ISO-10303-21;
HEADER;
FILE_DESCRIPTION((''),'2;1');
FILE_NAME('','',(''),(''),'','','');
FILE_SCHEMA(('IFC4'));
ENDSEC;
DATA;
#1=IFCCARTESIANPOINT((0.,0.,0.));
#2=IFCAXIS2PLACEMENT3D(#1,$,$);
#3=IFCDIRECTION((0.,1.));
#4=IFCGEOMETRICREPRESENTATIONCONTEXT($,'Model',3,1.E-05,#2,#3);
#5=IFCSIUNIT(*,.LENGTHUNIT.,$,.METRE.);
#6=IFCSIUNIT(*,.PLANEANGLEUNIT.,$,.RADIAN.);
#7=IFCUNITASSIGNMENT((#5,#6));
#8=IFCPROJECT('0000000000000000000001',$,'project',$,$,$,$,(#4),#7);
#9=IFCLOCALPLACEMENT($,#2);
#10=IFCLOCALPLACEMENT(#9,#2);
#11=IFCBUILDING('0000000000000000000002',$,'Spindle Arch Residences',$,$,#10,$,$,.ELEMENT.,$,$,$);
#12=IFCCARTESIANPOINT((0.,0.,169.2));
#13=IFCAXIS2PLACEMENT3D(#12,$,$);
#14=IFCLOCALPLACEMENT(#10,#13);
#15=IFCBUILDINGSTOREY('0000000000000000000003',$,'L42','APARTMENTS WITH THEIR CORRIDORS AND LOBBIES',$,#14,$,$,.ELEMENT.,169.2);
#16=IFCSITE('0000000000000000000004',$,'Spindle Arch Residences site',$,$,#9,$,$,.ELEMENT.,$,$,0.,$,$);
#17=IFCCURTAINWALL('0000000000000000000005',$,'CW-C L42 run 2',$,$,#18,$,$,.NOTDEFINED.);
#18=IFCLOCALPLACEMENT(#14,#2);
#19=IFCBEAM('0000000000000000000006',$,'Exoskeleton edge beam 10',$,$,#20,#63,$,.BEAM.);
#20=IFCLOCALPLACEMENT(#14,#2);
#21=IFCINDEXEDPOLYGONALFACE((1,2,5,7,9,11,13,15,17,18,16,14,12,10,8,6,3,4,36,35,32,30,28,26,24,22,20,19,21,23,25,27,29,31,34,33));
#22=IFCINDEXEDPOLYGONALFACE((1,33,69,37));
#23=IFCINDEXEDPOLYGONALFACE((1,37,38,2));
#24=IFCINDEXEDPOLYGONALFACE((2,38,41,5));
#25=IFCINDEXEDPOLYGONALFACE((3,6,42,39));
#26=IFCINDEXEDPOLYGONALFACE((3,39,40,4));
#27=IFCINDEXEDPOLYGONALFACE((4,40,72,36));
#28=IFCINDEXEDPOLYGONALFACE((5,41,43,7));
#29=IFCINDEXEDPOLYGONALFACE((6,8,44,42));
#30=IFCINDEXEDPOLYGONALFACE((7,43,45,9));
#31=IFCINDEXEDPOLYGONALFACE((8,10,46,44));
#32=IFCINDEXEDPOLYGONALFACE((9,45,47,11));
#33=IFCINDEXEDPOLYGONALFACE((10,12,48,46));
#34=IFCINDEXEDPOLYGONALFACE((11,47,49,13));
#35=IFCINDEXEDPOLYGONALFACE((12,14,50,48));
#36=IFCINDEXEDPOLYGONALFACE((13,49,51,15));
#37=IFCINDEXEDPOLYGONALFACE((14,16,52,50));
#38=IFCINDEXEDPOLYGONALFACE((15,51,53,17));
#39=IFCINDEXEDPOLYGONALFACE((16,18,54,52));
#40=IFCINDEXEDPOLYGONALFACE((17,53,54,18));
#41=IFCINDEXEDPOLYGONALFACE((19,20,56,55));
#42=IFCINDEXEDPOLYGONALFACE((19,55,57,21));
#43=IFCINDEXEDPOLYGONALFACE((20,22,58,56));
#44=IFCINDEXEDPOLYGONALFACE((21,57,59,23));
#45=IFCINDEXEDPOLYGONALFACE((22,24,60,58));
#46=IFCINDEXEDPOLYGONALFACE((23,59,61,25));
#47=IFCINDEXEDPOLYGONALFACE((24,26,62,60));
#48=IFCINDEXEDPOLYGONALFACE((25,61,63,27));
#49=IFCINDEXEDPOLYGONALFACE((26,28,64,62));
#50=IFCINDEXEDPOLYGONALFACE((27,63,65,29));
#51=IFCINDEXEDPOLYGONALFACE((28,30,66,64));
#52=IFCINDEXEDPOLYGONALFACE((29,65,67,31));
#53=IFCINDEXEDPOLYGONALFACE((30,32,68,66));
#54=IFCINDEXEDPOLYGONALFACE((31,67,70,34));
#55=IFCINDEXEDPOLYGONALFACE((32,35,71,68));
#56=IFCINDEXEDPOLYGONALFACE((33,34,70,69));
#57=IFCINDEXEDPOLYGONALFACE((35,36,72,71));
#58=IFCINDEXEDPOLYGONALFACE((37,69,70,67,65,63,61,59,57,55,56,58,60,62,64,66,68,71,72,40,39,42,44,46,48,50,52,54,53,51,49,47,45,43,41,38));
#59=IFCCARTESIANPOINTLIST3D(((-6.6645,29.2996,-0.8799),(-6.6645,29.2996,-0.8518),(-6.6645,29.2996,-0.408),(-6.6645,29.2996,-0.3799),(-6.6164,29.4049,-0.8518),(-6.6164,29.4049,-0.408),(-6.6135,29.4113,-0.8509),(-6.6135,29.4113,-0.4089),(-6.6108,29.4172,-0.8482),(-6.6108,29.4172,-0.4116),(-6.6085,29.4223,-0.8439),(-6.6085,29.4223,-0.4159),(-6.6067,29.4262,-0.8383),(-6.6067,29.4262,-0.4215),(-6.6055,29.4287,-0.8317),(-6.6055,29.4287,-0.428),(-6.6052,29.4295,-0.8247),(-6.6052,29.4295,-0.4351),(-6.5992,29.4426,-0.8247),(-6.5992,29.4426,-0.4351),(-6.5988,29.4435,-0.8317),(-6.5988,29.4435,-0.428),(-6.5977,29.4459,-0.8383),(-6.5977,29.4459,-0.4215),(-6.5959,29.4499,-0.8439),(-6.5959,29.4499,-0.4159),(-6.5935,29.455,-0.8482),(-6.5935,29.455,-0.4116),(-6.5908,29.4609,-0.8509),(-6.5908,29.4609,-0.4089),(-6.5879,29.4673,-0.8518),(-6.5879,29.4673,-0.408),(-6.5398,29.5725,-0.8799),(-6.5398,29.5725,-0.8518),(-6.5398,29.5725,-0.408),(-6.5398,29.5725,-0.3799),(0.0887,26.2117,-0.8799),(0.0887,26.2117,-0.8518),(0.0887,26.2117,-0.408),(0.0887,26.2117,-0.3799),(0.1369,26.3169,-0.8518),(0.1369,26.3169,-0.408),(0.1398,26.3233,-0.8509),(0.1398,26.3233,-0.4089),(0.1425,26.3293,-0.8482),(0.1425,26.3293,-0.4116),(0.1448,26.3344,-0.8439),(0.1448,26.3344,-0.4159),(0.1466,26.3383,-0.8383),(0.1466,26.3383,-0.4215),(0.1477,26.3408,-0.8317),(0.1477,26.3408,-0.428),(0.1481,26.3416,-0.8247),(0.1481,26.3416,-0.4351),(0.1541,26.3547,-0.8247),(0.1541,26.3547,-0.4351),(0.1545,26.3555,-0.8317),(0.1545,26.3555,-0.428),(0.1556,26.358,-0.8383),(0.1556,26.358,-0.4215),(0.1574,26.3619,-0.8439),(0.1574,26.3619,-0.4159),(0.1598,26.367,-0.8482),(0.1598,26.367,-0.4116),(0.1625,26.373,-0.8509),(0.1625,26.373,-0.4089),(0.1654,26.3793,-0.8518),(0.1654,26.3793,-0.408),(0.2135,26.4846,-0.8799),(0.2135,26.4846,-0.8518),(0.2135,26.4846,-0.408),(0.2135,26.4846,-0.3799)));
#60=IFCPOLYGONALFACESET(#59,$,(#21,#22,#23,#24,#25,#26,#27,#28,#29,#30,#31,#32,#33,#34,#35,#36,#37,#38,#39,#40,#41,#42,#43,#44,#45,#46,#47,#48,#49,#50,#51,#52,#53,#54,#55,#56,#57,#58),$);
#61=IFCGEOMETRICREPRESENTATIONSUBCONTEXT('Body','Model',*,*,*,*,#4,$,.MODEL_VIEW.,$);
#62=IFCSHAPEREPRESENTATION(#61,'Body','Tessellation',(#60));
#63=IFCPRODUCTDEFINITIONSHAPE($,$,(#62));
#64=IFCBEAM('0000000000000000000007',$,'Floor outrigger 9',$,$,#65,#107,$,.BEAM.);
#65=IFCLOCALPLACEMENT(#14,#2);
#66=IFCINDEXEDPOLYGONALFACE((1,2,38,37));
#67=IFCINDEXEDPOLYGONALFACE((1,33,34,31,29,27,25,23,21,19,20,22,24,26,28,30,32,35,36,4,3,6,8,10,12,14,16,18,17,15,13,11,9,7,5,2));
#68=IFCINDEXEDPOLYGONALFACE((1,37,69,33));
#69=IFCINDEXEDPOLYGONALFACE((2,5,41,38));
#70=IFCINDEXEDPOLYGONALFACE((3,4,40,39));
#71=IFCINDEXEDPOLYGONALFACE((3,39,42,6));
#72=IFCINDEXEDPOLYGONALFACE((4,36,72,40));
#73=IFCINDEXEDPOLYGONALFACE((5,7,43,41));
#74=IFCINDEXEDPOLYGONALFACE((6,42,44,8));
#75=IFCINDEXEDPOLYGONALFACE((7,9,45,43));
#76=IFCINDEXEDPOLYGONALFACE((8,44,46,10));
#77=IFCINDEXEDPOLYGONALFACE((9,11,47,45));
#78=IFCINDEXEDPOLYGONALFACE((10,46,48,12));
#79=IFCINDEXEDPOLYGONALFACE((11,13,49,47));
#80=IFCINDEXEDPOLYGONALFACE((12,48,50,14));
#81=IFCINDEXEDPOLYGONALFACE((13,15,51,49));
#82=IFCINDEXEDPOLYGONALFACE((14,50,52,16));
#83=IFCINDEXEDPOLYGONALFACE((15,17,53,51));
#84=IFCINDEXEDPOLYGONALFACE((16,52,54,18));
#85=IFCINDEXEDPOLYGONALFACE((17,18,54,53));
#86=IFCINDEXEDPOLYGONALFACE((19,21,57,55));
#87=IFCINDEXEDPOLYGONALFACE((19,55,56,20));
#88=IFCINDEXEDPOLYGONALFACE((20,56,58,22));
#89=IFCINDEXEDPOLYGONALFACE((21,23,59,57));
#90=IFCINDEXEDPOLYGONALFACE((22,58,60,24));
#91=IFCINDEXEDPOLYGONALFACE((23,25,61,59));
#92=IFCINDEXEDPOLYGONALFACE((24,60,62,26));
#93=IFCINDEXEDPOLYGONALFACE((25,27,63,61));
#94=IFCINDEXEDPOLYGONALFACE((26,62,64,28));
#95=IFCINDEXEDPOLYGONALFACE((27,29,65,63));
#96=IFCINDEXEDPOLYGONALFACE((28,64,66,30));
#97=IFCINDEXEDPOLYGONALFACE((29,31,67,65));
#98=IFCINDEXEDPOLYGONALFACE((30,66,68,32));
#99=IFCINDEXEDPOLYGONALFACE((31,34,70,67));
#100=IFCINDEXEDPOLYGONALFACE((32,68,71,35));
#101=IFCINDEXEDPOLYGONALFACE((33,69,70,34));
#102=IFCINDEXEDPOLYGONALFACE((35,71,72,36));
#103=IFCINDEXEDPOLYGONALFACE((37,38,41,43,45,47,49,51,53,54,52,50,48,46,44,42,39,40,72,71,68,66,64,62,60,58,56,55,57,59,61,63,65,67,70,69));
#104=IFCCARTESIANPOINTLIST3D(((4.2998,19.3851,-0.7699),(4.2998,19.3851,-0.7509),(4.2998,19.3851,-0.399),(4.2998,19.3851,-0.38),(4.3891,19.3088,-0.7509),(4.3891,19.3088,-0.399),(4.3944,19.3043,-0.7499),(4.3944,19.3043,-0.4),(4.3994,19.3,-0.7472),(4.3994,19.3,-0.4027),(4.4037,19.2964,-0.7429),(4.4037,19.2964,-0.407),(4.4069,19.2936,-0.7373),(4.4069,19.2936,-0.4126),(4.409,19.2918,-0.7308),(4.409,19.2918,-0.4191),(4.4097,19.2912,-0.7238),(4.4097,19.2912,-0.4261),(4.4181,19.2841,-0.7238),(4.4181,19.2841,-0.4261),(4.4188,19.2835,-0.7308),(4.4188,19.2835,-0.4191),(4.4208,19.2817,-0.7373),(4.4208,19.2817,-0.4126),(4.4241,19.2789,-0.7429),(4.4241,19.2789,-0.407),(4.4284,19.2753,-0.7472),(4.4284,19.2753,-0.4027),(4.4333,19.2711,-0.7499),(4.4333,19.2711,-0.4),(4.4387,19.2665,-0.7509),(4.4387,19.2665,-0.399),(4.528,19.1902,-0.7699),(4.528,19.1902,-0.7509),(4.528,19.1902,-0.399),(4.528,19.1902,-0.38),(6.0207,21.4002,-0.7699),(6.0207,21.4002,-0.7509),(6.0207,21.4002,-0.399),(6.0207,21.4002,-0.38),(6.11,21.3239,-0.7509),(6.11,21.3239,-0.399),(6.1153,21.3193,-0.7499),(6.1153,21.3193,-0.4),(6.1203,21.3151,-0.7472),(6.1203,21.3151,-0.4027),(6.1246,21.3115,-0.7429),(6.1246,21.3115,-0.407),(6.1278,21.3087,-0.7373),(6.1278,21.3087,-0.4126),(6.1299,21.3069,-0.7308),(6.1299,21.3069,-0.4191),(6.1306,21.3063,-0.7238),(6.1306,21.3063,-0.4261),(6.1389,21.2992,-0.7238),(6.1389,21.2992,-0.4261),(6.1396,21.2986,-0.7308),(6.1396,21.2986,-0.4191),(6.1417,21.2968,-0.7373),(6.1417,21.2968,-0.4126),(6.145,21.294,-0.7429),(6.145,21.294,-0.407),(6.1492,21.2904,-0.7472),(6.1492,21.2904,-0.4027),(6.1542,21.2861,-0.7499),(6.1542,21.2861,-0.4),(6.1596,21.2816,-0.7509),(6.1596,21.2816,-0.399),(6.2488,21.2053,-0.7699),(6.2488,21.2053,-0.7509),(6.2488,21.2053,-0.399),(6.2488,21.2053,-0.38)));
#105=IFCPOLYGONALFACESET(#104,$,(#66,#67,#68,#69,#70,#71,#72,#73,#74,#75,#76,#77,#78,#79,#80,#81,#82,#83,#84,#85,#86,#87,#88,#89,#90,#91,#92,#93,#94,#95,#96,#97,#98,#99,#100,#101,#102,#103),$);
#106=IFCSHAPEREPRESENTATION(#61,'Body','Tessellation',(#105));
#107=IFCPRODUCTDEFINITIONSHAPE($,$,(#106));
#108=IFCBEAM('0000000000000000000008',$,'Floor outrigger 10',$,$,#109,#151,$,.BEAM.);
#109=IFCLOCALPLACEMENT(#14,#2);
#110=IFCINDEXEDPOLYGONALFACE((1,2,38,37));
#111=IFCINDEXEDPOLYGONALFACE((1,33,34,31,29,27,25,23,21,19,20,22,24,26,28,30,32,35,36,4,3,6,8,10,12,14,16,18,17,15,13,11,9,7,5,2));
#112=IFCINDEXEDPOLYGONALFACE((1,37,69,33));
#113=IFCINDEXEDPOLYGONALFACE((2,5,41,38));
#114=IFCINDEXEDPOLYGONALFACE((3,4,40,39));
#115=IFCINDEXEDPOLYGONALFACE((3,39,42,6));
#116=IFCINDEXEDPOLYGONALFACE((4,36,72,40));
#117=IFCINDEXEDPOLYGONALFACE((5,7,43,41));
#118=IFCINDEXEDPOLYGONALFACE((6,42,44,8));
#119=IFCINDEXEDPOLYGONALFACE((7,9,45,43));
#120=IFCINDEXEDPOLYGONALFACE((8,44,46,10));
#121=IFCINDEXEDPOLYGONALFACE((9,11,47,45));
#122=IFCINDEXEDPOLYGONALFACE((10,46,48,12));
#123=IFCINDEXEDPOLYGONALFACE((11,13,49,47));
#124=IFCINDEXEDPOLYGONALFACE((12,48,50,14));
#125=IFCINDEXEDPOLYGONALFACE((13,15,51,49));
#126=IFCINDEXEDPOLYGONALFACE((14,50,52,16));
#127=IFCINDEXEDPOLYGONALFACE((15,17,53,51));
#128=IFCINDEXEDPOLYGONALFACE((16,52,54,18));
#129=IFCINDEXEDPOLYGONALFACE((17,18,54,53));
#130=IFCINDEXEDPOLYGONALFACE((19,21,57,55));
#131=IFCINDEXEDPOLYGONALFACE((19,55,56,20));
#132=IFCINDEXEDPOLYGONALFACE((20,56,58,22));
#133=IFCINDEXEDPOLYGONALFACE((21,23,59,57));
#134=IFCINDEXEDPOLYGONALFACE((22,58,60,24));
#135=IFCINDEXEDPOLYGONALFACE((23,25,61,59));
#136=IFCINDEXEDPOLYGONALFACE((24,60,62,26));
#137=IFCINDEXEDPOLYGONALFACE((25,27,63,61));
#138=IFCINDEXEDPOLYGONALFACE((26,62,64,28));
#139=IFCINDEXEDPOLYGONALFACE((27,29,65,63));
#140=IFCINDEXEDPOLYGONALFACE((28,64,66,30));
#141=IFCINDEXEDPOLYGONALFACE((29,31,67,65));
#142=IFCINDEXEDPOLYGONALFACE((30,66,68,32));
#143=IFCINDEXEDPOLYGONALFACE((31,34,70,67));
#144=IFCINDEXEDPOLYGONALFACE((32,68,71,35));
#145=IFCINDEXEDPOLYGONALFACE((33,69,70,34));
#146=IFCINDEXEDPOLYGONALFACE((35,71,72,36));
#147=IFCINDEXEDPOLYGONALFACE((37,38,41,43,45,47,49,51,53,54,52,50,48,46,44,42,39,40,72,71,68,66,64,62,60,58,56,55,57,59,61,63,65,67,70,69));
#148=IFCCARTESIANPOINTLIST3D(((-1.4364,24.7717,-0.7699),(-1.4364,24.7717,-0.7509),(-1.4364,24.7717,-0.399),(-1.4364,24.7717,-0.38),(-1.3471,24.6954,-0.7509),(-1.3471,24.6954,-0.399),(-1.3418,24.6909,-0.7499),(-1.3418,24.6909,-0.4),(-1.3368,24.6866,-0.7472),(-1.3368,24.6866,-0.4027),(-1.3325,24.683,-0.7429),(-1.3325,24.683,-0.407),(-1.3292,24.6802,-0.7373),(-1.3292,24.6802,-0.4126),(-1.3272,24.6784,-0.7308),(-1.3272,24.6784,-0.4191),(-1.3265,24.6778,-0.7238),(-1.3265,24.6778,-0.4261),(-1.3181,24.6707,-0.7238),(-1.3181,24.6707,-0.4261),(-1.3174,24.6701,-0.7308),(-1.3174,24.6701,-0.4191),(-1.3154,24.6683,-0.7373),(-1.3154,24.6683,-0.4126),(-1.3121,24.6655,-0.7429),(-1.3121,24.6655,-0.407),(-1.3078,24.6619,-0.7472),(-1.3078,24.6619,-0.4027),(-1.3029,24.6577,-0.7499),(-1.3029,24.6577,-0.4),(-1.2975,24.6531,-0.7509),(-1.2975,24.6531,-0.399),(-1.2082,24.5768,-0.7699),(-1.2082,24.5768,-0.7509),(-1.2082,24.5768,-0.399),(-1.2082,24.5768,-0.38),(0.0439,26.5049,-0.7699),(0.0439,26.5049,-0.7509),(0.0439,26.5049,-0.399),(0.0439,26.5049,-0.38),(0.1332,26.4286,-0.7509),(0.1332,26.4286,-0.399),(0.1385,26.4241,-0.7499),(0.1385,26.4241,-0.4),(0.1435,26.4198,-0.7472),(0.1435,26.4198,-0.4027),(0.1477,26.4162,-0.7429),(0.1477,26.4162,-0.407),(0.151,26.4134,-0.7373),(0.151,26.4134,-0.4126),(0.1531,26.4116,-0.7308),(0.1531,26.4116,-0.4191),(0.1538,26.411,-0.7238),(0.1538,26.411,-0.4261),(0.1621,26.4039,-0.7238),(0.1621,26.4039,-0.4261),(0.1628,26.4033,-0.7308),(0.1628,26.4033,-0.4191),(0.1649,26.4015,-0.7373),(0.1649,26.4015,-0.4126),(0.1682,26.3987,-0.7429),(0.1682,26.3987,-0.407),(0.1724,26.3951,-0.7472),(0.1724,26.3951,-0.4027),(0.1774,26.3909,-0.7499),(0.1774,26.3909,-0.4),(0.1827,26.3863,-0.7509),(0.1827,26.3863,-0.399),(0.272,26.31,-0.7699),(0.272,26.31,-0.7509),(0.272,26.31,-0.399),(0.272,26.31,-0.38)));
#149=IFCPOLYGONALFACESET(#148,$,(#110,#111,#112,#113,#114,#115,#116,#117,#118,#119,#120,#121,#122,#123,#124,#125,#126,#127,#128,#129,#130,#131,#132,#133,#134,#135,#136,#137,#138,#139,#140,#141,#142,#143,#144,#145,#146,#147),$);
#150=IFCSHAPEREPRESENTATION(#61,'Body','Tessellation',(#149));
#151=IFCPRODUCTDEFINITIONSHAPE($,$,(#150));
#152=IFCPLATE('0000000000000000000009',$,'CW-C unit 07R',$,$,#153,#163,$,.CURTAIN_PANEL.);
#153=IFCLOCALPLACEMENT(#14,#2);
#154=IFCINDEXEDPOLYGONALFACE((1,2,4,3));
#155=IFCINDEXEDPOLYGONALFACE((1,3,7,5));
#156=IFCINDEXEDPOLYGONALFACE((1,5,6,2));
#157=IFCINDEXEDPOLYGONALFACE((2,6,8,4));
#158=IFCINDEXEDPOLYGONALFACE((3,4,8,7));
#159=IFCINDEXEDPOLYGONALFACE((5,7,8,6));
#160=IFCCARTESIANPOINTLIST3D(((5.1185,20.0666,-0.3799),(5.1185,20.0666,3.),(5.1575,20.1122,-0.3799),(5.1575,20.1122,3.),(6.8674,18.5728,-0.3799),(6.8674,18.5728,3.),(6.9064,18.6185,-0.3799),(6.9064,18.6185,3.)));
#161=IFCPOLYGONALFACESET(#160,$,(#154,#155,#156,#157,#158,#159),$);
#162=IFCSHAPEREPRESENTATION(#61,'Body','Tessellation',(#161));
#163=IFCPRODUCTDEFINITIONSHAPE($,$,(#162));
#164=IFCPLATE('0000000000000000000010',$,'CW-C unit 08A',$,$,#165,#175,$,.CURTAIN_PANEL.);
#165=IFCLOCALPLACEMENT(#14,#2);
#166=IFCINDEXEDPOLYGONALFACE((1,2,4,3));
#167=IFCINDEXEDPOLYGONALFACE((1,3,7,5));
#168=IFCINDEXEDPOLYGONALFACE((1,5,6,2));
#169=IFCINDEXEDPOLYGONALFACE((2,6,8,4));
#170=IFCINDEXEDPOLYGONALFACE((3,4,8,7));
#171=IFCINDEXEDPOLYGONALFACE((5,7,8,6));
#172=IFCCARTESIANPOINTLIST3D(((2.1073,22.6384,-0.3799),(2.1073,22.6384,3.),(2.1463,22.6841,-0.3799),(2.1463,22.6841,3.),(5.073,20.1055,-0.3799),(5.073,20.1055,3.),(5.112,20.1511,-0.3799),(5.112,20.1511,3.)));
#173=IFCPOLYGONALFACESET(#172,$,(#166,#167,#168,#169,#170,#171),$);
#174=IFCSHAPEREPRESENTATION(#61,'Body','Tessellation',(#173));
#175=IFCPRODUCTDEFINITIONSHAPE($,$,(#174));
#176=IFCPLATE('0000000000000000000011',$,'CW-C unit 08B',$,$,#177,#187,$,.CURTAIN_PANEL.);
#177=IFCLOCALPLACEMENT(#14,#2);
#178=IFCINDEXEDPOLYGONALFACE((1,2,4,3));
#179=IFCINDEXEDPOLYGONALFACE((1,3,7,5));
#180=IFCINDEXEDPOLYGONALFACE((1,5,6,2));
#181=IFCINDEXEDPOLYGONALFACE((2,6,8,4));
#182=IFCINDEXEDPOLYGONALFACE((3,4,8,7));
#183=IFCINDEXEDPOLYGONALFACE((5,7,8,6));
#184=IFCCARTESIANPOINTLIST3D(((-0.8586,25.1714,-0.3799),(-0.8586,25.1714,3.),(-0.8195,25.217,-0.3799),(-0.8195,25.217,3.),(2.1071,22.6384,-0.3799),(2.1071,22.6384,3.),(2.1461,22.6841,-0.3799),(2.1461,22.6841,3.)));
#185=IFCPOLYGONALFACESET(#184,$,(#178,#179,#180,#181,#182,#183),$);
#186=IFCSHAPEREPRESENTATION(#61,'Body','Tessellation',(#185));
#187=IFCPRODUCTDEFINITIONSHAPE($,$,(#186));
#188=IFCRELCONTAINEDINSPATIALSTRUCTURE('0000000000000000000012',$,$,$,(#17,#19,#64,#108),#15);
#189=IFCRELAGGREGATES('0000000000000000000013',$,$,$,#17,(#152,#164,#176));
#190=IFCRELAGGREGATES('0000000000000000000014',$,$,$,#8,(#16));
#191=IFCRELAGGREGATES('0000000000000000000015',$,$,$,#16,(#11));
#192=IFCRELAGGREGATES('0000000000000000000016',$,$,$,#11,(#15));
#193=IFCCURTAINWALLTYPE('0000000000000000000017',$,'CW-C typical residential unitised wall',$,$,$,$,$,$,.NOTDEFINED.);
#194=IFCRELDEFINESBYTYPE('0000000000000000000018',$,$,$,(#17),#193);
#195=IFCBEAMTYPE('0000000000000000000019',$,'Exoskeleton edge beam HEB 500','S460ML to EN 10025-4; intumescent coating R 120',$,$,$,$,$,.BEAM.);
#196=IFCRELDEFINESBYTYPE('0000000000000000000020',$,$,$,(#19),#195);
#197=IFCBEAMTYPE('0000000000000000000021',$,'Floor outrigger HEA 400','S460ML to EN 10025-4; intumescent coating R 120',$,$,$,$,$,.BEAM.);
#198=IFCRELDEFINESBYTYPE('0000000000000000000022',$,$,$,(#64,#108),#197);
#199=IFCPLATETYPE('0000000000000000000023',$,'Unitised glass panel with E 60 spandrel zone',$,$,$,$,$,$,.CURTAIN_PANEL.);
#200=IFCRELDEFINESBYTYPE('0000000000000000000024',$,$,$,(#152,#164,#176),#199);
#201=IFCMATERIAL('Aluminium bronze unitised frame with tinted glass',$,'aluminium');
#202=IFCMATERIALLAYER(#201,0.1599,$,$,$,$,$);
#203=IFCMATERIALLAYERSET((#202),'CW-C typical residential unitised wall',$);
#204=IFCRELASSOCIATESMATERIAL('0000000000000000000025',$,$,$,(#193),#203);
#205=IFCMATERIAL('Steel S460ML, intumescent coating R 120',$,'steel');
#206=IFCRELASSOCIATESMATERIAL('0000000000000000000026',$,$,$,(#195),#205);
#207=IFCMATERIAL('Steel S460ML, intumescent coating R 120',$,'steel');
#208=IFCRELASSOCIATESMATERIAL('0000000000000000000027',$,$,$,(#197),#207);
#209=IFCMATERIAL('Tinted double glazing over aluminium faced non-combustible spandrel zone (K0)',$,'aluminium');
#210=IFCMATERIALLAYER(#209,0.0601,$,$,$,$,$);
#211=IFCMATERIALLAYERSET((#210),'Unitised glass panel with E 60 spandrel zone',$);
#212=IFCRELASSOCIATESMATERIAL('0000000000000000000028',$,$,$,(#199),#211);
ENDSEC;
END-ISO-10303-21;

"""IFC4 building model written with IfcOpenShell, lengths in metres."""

from ifc_helpers import new_model, si_unit, direction, frame, origin, origin_2d, place, context, subcontext, project, spatial, rectangle, i_section, extrude, material, layer, layer_set, material_profile, profile_set, type_object, element, aggregate, save


model = new_model("IFC4")

# Units and contexts
model_context = context("Model", 3, precision=1e-05, world=origin(), true_north=direction((0.0, 1.0)))
body_context = subcontext(model_context, "Body", "Model", "MODEL_VIEW")
ifc_project = project(units=[si_unit("LENGTHUNIT", "METRE"), si_unit("PLANEANGLEUNIT", "RADIAN")], contexts=[model_context])

# Site, building, storey
site_placement = place(None, origin())
site = spatial("IfcSite", under=ifc_project, at=site_placement, Name="Spindle Arch Residences site", CompositionType="ELEMENT", RefElevation=0.0)
building_placement = place(site_placement, origin())
building = spatial("IfcBuilding", under=site, at=building_placement, Name="Spindle Arch Residences", CompositionType="ELEMENT")
storey_placement = place(building_placement, frame((0.0, 0.0, 169.2)))
storey = spatial("IfcBuildingStorey", under=building, at=storey_placement, Name="L42", Description="APARTMENTS WITH THEIR CORRIDORS AND LOBBIES", CompositionType="ELEMENT", Elevation=169.2)

# Curtain wall
ifc_material_1 = material(Name="Aluminium bronze unitised frame with tinted glass", Category="aluminium")
ifc_layer_1 = layer(ifc_material_1, 0.1599)
ifc_layer_set_1 = layer_set([ifc_layer_1], Name="CW-C typical residential unitised wall")
curtain_wall_type_1 = type_object("IfcCurtainWallType", Name="CW-C typical residential unitised wall", PredefinedType="NOTDEFINED", material=ifc_layer_set_1)
curtain_wall_1_placement = place(storey_placement, origin())
curtain_wall_1 = element("IfcCurtainWall", 1, at=curtain_wall_1_placement, inside=storey, type_object=curtain_wall_type_1, Name="CW-C L42 run 2", PredefinedType="NOTDEFINED")

# Beams
ifc_material_2 = material(Name="Steel S460ML, intumescent coating R 120", Category="steel")
ifc_material_profile_1 = material_profile(ifc_material_2, i_section(OverallWidth=0.3, OverallDepth=0.5, WebThickness=0.0144, FlangeThickness=0.0281, FilletRadius=0.0271, at=origin_2d()), Name="HEB 500")
ifc_profile_set_1 = profile_set([ifc_material_profile_1], Name="Steel S460ML, intumescent coating R 120")
beam_type_1 = type_object("IfcBeamType", Name="Exoskeleton edge beam HEB 500", Description="S460ML to EN 10025-4; intumescent coating R 120", PredefinedType="BEAM", material=ifc_profile_set_1)
beam_1_placement = place(storey_placement, frame((0.1511, 26.3481, -0.6299), z_axis=(-0.909438, 0.415841, 0.0), x_axis=(-0.415841, -0.909438, 0.0)))
element("IfcBeam", 2, at=beam_1_placement, inside=storey, type_object=beam_type_1, Name="Exoskeleton edge beam 10", PredefinedType="BEAM", context=body_context, shape_type="SweptSolid", body=[
    extrude(i_section(OverallWidth=0.3, OverallDepth=0.5, WebThickness=0.0144, FlangeThickness=0.0281, FilletRadius=0.0271, at=origin_2d()), origin(), (0.0, 0.0, 1.0), 7.4258),
])
ifc_material_3 = material(Name="Steel S460ML, intumescent coating R 120", Category="steel")
ifc_material_profile_2 = material_profile(ifc_material_3, i_section(OverallWidth=0.3, OverallDepth=0.3899, WebThickness=0.011, FlangeThickness=0.019, FilletRadius=0.0271, at=origin_2d()), Name="HEA 400")
ifc_profile_set_2 = profile_set([ifc_material_profile_2], Name="Steel S460ML, intumescent coating R 120")
beam_type_2 = type_object("IfcBeamType", Name="Floor outrigger HEA 400", Description="S460ML to EN 10025-4; intumescent coating R 120", PredefinedType="BEAM", material=ifc_profile_set_2)
beam_2_placement = place(storey_placement, frame((6.1348, 21.3027, -0.575), z_axis=(-0.649417, -0.760432, 0.0), x_axis=(0.760432, -0.649417, 0.0)))
element("IfcBeam", 3, at=beam_2_placement, inside=storey, type_object=beam_type_2, Name="Floor outrigger 9", PredefinedType="BEAM", context=body_context, shape_type="SweptSolid", body=[
    extrude(i_section(OverallWidth=0.3, OverallDepth=0.3899, WebThickness=0.011, FlangeThickness=0.019, FilletRadius=0.0271, at=origin_2d()), origin(), (0.0, 0.0, 1.0), 2.6499),
])
beam_3_placement = place(storey_placement, frame((0.158, 26.4075, -0.575), z_axis=(-0.649441, -0.760412, 0.0), x_axis=(0.760412, -0.649441, 0.0)))
element("IfcBeam", 4, at=beam_3_placement, inside=storey, type_object=beam_type_2, Name="Floor outrigger 10", PredefinedType="BEAM", context=body_context, shape_type="SweptSolid", body=[
    extrude(i_section(OverallWidth=0.3, OverallDepth=0.3899, WebThickness=0.011, FlangeThickness=0.019, FilletRadius=0.0271, at=origin_2d()), origin(), (0.0, 0.0, 1.0), 2.2793),
])

# Plates
ifc_material_4 = material(Name="Tinted double glazing over aluminium faced non-combustible spandrel zone (K0)", Category="aluminium")
ifc_layer_2 = layer(ifc_material_4, 0.0601)
ifc_layer_set_2 = layer_set([ifc_layer_2], Name="Unitised glass panel with E 60 spandrel zone")
plate_type = type_object("IfcPlateType", Name="Unitised glass panel with E 60 spandrel zone", PredefinedType="CURTAIN_PANEL", material=ifc_layer_set_2)
plate_1_placement = place(storey_placement, frame((6.0125, 19.3425, -0.3799), z_axis=(0.0, 0.0, 1.0), x_axis=(-0.760406, 0.649448, 0.0)))
plate_1 = element("IfcPlate", 5, at=plate_1_placement, type_object=plate_type, Name="CW-C unit 07R", PredefinedType="CURTAIN_PANEL", context=body_context, shape_type="SweptSolid", body=[
    extrude(rectangle(XDim=2.3, YDim=0.0601, at=origin_2d()), origin(), (0.0, 0.0, 1.0), 3.3799),
])
plate_2_placement = place(storey_placement, frame((3.6096, 21.3948, -0.3799), z_axis=(0.0, 0.0, 1.0), x_axis=(-0.760406, 0.649448, 0.0)))
plate_2 = element("IfcPlate", 6, at=plate_2_placement, type_object=plate_type, Name="CW-C unit 08A", PredefinedType="CURTAIN_PANEL", context=body_context, shape_type="SweptSolid", body=[
    extrude(rectangle(XDim=3.9001, YDim=0.0601, at=origin_2d()), origin(), (0.0, 0.0, 1.0), 3.3799),
])
plate_3_placement = place(storey_placement, frame((0.6438, 23.9277, -0.3799), z_axis=(0.0, 0.0, 1.0), x_axis=(-0.760406, 0.649448, 0.0)))
plate_3 = element("IfcPlate", 7, at=plate_3_placement, type_object=plate_type, Name="CW-C unit 08B", PredefinedType="CURTAIN_PANEL", context=body_context, shape_type="SweptSolid", body=[
    extrude(rectangle(XDim=3.9001, YDim=0.0601, at=origin_2d()), origin(), (0.0, 0.0, 1.0), 3.3799),
])
aggregate(curtain_wall_1, [plate_1, plate_2, plate_3])

save(model, "model.ifc")
